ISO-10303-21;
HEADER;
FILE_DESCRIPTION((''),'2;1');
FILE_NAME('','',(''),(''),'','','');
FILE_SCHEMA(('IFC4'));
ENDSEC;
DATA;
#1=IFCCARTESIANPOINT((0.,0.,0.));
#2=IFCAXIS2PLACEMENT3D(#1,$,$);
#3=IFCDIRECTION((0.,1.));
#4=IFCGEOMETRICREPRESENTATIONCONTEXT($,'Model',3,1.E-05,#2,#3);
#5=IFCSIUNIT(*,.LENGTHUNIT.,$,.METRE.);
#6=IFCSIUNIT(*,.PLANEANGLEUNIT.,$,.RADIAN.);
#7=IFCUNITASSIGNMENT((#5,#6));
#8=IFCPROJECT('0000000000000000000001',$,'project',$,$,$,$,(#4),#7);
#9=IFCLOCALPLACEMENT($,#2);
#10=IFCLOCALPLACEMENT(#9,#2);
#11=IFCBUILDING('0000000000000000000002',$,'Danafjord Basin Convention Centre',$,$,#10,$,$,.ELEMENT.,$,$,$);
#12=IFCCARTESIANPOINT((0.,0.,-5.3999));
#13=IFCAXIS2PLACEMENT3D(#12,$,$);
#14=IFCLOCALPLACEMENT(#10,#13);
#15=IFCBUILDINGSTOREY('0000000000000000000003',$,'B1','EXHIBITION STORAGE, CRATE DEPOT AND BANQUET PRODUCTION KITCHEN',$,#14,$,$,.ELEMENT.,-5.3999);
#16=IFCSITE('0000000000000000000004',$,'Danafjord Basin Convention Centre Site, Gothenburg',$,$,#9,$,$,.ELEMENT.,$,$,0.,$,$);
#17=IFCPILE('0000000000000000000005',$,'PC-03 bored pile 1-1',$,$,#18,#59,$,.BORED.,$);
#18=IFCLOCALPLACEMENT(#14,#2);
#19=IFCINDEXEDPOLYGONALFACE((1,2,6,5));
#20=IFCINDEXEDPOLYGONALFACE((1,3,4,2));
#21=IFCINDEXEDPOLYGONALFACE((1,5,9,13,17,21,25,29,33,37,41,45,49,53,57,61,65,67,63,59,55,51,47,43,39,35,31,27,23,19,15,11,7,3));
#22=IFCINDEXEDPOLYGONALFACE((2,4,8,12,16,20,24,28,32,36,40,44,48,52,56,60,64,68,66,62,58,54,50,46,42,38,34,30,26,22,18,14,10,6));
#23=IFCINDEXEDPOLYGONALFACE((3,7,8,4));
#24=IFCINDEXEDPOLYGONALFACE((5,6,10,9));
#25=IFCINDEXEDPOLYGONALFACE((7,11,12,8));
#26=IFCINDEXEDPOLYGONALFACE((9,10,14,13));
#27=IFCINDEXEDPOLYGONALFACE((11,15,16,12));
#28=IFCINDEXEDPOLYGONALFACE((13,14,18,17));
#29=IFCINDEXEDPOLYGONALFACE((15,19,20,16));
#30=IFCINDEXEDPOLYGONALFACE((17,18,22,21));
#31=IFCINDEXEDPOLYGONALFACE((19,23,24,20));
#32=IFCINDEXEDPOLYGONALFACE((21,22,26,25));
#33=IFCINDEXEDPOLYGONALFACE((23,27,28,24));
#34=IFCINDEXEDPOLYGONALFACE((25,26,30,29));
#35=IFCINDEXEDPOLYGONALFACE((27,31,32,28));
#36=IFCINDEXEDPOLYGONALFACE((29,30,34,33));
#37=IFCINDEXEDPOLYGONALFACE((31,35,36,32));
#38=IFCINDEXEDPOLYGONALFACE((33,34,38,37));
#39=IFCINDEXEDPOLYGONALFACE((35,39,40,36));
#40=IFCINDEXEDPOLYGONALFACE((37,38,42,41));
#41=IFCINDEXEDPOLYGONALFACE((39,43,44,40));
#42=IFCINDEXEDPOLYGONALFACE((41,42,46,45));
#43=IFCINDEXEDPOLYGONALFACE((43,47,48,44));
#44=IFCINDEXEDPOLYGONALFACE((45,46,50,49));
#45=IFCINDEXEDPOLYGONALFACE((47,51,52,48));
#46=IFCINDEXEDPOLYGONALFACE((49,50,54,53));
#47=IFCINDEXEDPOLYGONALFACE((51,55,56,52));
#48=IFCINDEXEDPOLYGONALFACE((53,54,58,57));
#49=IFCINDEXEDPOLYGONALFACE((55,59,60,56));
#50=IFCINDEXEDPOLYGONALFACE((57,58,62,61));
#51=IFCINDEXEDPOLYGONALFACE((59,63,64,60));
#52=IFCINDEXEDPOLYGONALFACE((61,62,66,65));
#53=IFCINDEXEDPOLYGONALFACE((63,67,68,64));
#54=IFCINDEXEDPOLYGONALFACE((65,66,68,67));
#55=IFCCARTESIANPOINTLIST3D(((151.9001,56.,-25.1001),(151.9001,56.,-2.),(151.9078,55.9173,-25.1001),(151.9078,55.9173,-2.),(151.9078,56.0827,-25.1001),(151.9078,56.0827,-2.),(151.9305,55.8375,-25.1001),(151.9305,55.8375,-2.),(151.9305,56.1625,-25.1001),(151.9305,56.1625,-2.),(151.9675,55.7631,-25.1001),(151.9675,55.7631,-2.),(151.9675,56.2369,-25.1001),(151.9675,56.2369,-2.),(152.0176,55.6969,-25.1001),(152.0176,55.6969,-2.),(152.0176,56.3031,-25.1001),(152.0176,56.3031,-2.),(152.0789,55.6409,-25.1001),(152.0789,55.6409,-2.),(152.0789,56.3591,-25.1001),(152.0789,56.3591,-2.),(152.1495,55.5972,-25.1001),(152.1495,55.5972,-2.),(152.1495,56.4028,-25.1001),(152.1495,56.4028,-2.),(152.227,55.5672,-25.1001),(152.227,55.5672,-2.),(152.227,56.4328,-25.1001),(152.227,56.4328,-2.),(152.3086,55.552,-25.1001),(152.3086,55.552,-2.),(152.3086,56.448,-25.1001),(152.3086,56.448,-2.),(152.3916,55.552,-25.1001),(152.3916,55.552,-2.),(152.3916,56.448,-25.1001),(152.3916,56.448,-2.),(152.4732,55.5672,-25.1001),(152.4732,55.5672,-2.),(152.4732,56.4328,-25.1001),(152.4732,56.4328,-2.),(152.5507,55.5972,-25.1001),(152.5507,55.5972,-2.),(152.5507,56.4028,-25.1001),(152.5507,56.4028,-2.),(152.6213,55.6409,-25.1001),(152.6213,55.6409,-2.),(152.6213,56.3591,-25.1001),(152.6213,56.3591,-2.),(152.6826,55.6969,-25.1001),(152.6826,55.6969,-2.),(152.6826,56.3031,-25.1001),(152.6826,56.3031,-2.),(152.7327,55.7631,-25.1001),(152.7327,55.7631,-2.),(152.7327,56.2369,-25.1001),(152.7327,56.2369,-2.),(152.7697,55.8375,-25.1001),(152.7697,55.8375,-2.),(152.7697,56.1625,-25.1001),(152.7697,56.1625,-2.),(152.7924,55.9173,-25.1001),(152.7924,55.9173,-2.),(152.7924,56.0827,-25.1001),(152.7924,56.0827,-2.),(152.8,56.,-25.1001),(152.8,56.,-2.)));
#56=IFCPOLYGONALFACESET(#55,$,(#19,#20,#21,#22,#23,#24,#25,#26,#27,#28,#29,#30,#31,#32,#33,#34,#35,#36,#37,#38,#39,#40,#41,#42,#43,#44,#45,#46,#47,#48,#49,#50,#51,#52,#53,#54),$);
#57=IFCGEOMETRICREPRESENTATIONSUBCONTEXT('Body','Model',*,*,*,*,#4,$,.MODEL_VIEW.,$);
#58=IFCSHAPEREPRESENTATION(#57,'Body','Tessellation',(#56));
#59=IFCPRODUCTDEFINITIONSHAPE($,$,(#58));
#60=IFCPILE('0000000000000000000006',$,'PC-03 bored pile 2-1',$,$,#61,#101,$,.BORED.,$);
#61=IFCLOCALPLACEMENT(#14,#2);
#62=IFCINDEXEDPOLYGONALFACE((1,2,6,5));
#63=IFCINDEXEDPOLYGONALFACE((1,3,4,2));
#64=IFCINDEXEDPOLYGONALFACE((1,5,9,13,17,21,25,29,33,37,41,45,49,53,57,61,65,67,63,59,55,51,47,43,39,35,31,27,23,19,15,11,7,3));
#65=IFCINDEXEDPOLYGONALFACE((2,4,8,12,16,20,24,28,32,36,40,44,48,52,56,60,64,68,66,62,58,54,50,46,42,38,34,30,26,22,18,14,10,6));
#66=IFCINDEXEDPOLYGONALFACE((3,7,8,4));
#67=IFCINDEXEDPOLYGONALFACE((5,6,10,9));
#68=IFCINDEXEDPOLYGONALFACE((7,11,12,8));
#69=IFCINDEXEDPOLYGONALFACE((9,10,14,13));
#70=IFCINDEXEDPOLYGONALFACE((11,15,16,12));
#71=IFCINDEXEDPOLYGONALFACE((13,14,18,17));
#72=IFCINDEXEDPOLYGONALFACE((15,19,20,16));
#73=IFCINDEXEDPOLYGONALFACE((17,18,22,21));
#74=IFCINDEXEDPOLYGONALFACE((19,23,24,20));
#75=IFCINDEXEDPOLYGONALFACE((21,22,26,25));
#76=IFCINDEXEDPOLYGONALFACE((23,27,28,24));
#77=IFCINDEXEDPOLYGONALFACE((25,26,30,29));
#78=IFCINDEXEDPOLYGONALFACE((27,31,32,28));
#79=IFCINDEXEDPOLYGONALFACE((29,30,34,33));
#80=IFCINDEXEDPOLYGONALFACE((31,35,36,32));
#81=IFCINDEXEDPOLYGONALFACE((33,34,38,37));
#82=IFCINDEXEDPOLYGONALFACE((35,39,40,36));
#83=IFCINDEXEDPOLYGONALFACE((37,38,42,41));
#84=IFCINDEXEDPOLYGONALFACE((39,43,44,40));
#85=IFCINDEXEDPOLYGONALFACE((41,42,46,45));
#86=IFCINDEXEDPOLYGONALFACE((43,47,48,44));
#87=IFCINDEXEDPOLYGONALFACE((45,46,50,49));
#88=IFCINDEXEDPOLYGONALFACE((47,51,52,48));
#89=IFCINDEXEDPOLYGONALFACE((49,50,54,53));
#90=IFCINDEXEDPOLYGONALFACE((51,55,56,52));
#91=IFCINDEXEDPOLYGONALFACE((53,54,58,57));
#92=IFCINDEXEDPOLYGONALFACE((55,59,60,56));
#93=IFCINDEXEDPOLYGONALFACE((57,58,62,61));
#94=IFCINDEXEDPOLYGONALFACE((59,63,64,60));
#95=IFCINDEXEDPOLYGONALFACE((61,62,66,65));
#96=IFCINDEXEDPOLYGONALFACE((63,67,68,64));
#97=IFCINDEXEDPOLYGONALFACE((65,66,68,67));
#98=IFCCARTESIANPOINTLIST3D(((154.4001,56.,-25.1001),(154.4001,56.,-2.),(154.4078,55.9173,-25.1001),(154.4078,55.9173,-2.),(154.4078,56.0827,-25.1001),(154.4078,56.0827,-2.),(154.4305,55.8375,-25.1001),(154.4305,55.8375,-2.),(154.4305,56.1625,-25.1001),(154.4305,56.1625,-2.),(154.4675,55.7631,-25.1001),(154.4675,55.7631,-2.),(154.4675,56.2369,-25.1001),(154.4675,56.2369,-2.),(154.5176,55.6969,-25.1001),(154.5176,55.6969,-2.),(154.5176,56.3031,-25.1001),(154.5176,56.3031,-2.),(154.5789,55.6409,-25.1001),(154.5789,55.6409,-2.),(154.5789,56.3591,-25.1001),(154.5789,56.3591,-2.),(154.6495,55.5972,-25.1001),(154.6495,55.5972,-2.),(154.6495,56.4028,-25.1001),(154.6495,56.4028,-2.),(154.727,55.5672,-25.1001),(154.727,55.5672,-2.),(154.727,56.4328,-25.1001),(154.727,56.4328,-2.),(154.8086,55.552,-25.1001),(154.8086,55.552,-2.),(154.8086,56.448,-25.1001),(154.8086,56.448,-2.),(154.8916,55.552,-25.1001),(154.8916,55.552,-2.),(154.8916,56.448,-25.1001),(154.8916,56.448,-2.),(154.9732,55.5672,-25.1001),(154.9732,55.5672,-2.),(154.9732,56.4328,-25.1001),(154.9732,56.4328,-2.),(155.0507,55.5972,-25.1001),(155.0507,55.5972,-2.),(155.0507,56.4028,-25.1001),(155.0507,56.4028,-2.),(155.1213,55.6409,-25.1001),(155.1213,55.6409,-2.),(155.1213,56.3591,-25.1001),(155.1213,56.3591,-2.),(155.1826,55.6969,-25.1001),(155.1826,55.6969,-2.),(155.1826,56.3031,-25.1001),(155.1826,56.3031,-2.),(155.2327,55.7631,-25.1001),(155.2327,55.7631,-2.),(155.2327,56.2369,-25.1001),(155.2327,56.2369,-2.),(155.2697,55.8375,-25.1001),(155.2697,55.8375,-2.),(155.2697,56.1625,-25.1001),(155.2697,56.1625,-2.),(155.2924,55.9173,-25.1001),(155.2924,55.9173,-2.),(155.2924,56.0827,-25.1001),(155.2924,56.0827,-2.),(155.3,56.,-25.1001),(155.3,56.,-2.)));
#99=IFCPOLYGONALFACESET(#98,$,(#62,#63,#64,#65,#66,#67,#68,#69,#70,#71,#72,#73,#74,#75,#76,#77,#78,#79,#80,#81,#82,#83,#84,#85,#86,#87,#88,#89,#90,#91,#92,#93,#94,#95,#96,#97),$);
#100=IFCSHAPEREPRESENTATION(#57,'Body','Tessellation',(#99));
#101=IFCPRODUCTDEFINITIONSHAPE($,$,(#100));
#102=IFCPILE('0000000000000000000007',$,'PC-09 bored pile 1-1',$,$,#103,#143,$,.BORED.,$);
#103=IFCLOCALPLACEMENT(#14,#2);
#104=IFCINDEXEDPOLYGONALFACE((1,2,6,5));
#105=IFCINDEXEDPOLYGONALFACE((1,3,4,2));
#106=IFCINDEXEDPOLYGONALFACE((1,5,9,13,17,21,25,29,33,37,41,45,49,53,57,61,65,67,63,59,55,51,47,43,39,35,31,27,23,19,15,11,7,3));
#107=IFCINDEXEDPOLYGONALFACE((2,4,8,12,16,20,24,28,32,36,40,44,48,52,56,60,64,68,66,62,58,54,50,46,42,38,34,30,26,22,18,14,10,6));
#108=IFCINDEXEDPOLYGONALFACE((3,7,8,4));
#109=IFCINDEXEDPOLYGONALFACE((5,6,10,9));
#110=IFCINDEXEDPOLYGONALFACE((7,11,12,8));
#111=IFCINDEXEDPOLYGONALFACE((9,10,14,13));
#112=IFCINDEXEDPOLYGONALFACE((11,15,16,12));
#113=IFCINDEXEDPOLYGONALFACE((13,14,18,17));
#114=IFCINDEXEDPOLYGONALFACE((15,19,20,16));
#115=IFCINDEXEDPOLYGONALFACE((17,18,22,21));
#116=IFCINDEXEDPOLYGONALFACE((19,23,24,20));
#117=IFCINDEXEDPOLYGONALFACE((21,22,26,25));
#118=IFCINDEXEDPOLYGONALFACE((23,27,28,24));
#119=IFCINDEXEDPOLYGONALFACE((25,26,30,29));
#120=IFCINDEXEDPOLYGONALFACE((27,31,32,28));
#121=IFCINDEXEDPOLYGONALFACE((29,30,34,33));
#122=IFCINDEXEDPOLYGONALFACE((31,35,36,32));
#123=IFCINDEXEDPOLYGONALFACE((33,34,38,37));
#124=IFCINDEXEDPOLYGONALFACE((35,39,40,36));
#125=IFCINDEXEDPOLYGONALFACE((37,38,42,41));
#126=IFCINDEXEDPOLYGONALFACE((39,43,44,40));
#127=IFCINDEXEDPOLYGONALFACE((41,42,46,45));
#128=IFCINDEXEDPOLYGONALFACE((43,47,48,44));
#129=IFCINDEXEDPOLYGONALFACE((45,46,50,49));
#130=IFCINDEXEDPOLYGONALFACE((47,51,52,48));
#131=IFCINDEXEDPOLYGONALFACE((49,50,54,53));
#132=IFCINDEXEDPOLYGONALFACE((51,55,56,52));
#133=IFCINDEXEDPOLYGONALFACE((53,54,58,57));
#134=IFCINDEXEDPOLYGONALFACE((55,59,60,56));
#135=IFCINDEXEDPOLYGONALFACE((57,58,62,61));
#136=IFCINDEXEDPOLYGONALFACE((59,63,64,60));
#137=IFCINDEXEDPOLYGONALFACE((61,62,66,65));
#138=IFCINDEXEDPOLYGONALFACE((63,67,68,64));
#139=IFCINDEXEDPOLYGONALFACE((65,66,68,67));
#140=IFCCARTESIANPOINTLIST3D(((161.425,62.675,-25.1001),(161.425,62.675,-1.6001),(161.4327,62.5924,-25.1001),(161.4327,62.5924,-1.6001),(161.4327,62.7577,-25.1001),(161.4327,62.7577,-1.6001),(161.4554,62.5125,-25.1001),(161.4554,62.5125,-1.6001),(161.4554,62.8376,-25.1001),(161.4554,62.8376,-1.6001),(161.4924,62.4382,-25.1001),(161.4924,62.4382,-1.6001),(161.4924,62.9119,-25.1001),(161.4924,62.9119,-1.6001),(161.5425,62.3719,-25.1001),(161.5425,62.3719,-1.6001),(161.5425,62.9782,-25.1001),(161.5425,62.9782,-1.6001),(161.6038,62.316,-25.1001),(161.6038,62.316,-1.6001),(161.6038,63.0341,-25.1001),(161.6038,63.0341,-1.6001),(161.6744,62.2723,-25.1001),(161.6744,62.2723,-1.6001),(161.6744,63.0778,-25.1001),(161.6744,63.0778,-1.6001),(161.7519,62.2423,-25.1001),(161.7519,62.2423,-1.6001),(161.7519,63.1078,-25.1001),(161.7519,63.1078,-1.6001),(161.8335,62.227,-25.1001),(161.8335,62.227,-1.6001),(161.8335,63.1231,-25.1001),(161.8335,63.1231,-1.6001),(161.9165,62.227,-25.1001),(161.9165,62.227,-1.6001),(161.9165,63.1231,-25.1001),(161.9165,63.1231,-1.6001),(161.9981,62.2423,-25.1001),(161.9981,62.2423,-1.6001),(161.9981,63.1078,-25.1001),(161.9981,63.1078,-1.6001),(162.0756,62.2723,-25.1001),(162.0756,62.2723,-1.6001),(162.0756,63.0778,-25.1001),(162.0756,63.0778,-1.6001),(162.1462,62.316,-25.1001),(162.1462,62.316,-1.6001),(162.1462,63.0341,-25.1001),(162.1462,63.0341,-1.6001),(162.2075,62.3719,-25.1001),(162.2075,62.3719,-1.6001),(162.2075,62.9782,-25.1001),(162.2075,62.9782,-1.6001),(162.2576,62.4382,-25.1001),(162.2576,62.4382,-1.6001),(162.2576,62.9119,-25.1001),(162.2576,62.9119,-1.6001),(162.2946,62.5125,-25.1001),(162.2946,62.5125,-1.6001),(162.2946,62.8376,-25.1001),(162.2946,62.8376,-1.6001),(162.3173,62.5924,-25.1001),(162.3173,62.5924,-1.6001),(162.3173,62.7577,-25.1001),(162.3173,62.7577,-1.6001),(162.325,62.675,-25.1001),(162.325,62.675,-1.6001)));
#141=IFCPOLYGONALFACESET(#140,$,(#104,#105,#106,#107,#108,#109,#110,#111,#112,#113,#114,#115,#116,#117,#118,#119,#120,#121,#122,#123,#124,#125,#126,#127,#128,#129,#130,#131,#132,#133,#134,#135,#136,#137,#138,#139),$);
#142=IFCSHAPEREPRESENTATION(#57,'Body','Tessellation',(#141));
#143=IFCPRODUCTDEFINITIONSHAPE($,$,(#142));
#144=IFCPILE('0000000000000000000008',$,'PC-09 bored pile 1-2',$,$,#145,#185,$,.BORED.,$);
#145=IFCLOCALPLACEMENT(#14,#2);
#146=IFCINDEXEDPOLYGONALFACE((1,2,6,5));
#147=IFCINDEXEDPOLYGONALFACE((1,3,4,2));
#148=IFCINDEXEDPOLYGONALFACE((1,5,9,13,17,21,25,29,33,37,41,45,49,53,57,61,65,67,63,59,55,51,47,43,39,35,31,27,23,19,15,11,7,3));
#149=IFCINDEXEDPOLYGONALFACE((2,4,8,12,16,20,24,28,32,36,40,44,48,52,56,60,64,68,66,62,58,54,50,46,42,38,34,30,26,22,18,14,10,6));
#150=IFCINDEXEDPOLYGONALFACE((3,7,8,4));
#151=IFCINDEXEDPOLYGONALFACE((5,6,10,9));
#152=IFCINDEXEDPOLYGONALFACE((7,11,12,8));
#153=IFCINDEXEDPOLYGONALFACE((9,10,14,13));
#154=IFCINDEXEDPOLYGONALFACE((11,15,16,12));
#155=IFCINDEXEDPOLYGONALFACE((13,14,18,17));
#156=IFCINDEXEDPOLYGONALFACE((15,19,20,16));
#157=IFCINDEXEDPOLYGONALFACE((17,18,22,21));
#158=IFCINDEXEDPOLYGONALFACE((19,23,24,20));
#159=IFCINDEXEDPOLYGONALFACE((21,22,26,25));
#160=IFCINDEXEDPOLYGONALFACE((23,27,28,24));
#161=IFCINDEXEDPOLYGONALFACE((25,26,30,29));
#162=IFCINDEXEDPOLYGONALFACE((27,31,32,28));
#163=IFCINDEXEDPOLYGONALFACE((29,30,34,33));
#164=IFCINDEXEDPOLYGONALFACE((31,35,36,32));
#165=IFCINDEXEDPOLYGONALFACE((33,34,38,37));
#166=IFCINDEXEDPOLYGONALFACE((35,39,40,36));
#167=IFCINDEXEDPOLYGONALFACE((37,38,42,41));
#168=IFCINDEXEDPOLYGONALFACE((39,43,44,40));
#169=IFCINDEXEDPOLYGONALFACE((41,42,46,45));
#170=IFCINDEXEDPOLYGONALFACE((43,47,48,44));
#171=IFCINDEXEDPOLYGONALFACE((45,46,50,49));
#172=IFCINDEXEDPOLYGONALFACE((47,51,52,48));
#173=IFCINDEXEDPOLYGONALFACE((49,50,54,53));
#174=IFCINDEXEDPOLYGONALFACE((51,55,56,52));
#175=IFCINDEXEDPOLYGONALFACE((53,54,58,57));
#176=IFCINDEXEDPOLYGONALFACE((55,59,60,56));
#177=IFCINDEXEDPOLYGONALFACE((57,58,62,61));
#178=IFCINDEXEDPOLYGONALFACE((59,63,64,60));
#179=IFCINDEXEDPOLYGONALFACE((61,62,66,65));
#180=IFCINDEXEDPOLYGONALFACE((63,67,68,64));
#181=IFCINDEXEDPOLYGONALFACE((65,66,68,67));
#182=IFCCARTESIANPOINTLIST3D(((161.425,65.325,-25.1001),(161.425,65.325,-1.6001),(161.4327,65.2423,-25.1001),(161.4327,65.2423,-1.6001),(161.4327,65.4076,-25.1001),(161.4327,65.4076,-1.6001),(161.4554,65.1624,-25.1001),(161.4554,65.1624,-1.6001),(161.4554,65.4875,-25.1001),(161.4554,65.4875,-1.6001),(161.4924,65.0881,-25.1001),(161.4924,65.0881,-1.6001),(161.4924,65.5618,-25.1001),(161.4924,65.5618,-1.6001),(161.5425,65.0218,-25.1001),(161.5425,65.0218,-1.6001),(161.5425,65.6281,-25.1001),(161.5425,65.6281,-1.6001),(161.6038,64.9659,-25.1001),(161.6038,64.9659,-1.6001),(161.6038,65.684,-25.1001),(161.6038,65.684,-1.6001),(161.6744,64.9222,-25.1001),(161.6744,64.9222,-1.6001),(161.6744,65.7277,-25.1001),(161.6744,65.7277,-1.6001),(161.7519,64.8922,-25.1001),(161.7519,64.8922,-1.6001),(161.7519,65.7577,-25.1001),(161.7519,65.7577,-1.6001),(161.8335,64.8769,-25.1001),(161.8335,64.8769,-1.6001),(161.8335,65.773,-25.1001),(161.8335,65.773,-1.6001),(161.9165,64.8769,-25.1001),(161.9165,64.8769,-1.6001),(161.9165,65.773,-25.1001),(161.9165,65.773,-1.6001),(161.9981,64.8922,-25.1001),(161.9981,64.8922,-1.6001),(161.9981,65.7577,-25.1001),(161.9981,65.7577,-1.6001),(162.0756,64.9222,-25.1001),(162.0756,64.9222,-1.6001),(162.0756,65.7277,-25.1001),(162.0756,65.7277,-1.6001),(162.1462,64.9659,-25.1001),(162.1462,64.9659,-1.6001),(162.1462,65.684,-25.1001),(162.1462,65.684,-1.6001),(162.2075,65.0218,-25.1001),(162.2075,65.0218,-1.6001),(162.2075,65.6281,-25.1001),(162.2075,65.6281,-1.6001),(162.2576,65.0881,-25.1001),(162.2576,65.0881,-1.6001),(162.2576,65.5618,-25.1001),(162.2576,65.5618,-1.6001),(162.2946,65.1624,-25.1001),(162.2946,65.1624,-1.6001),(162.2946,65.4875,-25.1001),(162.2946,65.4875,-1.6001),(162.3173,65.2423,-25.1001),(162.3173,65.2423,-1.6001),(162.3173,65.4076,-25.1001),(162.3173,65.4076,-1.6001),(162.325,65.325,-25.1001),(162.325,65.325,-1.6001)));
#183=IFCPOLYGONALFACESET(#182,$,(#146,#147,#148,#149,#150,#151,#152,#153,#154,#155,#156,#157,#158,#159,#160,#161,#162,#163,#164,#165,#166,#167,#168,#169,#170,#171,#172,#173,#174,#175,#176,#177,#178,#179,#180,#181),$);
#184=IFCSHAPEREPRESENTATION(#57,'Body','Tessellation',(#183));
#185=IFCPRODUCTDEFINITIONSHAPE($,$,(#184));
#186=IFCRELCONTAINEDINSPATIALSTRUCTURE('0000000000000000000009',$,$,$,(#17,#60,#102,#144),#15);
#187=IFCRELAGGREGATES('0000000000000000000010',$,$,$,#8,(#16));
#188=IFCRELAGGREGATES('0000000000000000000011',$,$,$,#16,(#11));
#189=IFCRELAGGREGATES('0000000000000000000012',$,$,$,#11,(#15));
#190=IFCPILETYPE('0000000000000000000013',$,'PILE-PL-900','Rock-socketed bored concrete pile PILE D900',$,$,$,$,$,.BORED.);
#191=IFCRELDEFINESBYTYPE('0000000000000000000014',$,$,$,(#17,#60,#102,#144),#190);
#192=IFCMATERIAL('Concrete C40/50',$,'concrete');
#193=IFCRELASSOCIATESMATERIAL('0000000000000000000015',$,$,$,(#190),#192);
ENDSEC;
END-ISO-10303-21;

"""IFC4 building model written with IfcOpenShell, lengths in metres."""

from ifc_helpers import new_model, si_unit, direction, frame, origin, origin_2d, place, context, subcontext, project, spatial, circle, extrude, material, material_profile, profile_set, type_object, element, save


model = new_model("IFC4")

# Units and contexts
model_context = context("Model", 3, precision=1e-05, world=origin(), true_north=direction((0.0, 1.0)))
body_context = subcontext(model_context, "Body", "Model", "MODEL_VIEW")
ifc_project = project(units=[si_unit("LENGTHUNIT", "METRE"), si_unit("PLANEANGLEUNIT", "RADIAN")], contexts=[model_context])

# Site, building, storey
site_placement = place(None, origin())
site = spatial("IfcSite", under=ifc_project, at=site_placement, Name="Danafjord Basin Convention Centre Site, Gothenburg", CompositionType="ELEMENT", RefElevation=0.0)
building_placement = place(site_placement, origin())
building = spatial("IfcBuilding", under=site, at=building_placement, Name="Danafjord Basin Convention Centre", CompositionType="ELEMENT")
storey_placement = place(building_placement, frame((0.0, 0.0, -5.3999)))
storey = spatial("IfcBuildingStorey", under=building, at=storey_placement, Name="B1", Description="EXHIBITION STORAGE, CRATE DEPOT AND BANQUET PRODUCTION KITCHEN", CompositionType="ELEMENT", Elevation=-5.3999)

# Shared definitions
ifc_material_1 = material(Name="Concrete C40/50", Category="concrete")

# Piles
ifc_material_profile_1 = material_profile(ifc_material_1, circle(Radius=0.45, at=origin_2d()), Name="PILE D900")
ifc_profile_set_1 = profile_set([ifc_material_profile_1], Name="Concrete C40/50")
pile_type_1 = type_object("IfcPileType", Name="PILE-PL-900", Description="Rock-socketed bored concrete pile PILE D900", PredefinedType="BORED", material=ifc_profile_set_1)
for number, where, z_axis, x_axis, name in (
    (1, (152.3501, 56.0, -2.0), (0.0, 0.0, -1.0), (1.0, 0.0, 0.0), "PC-03 bored pile 1-1"),
    (2, (154.8501, 56.0, -2.0), (0.0, 0.0, -1.0), (1.0, 0.0, 0.0), "PC-03 bored pile 2-1"),
):
    element("IfcPile", number, at=place(storey_placement, frame(where, z_axis=z_axis, x_axis=x_axis)), inside=storey, type_object=pile_type_1, Name=name, PredefinedType="BORED", context=body_context, shape_type="SweptSolid", body=[
        extrude(circle(Radius=0.45, at=origin_2d()), origin(), (0.0, 0.0, 1.0), 23.1001),
    ])
for number, where, z_axis, x_axis, name in (
    (3, (161.875, 62.675, -1.6001), (0.0, 0.0, -1.0), (1.0, 0.0, 0.0), "PC-09 bored pile 1-1"),
    (4, (161.875, 65.325, -1.6001), (0.0, 0.0, -1.0), (1.0, 0.0, 0.0), "PC-09 bored pile 1-2"),
):
    element("IfcPile", number, at=place(storey_placement, frame(where, z_axis=z_axis, x_axis=x_axis)), inside=storey, type_object=pile_type_1, Name=name, PredefinedType="BORED", context=body_context, shape_type="SweptSolid", body=[
        extrude(circle(Radius=0.45, at=origin_2d()), origin(), (0.0, 0.0, 1.0), 23.5),
    ])

save(model, "model.ifc")
